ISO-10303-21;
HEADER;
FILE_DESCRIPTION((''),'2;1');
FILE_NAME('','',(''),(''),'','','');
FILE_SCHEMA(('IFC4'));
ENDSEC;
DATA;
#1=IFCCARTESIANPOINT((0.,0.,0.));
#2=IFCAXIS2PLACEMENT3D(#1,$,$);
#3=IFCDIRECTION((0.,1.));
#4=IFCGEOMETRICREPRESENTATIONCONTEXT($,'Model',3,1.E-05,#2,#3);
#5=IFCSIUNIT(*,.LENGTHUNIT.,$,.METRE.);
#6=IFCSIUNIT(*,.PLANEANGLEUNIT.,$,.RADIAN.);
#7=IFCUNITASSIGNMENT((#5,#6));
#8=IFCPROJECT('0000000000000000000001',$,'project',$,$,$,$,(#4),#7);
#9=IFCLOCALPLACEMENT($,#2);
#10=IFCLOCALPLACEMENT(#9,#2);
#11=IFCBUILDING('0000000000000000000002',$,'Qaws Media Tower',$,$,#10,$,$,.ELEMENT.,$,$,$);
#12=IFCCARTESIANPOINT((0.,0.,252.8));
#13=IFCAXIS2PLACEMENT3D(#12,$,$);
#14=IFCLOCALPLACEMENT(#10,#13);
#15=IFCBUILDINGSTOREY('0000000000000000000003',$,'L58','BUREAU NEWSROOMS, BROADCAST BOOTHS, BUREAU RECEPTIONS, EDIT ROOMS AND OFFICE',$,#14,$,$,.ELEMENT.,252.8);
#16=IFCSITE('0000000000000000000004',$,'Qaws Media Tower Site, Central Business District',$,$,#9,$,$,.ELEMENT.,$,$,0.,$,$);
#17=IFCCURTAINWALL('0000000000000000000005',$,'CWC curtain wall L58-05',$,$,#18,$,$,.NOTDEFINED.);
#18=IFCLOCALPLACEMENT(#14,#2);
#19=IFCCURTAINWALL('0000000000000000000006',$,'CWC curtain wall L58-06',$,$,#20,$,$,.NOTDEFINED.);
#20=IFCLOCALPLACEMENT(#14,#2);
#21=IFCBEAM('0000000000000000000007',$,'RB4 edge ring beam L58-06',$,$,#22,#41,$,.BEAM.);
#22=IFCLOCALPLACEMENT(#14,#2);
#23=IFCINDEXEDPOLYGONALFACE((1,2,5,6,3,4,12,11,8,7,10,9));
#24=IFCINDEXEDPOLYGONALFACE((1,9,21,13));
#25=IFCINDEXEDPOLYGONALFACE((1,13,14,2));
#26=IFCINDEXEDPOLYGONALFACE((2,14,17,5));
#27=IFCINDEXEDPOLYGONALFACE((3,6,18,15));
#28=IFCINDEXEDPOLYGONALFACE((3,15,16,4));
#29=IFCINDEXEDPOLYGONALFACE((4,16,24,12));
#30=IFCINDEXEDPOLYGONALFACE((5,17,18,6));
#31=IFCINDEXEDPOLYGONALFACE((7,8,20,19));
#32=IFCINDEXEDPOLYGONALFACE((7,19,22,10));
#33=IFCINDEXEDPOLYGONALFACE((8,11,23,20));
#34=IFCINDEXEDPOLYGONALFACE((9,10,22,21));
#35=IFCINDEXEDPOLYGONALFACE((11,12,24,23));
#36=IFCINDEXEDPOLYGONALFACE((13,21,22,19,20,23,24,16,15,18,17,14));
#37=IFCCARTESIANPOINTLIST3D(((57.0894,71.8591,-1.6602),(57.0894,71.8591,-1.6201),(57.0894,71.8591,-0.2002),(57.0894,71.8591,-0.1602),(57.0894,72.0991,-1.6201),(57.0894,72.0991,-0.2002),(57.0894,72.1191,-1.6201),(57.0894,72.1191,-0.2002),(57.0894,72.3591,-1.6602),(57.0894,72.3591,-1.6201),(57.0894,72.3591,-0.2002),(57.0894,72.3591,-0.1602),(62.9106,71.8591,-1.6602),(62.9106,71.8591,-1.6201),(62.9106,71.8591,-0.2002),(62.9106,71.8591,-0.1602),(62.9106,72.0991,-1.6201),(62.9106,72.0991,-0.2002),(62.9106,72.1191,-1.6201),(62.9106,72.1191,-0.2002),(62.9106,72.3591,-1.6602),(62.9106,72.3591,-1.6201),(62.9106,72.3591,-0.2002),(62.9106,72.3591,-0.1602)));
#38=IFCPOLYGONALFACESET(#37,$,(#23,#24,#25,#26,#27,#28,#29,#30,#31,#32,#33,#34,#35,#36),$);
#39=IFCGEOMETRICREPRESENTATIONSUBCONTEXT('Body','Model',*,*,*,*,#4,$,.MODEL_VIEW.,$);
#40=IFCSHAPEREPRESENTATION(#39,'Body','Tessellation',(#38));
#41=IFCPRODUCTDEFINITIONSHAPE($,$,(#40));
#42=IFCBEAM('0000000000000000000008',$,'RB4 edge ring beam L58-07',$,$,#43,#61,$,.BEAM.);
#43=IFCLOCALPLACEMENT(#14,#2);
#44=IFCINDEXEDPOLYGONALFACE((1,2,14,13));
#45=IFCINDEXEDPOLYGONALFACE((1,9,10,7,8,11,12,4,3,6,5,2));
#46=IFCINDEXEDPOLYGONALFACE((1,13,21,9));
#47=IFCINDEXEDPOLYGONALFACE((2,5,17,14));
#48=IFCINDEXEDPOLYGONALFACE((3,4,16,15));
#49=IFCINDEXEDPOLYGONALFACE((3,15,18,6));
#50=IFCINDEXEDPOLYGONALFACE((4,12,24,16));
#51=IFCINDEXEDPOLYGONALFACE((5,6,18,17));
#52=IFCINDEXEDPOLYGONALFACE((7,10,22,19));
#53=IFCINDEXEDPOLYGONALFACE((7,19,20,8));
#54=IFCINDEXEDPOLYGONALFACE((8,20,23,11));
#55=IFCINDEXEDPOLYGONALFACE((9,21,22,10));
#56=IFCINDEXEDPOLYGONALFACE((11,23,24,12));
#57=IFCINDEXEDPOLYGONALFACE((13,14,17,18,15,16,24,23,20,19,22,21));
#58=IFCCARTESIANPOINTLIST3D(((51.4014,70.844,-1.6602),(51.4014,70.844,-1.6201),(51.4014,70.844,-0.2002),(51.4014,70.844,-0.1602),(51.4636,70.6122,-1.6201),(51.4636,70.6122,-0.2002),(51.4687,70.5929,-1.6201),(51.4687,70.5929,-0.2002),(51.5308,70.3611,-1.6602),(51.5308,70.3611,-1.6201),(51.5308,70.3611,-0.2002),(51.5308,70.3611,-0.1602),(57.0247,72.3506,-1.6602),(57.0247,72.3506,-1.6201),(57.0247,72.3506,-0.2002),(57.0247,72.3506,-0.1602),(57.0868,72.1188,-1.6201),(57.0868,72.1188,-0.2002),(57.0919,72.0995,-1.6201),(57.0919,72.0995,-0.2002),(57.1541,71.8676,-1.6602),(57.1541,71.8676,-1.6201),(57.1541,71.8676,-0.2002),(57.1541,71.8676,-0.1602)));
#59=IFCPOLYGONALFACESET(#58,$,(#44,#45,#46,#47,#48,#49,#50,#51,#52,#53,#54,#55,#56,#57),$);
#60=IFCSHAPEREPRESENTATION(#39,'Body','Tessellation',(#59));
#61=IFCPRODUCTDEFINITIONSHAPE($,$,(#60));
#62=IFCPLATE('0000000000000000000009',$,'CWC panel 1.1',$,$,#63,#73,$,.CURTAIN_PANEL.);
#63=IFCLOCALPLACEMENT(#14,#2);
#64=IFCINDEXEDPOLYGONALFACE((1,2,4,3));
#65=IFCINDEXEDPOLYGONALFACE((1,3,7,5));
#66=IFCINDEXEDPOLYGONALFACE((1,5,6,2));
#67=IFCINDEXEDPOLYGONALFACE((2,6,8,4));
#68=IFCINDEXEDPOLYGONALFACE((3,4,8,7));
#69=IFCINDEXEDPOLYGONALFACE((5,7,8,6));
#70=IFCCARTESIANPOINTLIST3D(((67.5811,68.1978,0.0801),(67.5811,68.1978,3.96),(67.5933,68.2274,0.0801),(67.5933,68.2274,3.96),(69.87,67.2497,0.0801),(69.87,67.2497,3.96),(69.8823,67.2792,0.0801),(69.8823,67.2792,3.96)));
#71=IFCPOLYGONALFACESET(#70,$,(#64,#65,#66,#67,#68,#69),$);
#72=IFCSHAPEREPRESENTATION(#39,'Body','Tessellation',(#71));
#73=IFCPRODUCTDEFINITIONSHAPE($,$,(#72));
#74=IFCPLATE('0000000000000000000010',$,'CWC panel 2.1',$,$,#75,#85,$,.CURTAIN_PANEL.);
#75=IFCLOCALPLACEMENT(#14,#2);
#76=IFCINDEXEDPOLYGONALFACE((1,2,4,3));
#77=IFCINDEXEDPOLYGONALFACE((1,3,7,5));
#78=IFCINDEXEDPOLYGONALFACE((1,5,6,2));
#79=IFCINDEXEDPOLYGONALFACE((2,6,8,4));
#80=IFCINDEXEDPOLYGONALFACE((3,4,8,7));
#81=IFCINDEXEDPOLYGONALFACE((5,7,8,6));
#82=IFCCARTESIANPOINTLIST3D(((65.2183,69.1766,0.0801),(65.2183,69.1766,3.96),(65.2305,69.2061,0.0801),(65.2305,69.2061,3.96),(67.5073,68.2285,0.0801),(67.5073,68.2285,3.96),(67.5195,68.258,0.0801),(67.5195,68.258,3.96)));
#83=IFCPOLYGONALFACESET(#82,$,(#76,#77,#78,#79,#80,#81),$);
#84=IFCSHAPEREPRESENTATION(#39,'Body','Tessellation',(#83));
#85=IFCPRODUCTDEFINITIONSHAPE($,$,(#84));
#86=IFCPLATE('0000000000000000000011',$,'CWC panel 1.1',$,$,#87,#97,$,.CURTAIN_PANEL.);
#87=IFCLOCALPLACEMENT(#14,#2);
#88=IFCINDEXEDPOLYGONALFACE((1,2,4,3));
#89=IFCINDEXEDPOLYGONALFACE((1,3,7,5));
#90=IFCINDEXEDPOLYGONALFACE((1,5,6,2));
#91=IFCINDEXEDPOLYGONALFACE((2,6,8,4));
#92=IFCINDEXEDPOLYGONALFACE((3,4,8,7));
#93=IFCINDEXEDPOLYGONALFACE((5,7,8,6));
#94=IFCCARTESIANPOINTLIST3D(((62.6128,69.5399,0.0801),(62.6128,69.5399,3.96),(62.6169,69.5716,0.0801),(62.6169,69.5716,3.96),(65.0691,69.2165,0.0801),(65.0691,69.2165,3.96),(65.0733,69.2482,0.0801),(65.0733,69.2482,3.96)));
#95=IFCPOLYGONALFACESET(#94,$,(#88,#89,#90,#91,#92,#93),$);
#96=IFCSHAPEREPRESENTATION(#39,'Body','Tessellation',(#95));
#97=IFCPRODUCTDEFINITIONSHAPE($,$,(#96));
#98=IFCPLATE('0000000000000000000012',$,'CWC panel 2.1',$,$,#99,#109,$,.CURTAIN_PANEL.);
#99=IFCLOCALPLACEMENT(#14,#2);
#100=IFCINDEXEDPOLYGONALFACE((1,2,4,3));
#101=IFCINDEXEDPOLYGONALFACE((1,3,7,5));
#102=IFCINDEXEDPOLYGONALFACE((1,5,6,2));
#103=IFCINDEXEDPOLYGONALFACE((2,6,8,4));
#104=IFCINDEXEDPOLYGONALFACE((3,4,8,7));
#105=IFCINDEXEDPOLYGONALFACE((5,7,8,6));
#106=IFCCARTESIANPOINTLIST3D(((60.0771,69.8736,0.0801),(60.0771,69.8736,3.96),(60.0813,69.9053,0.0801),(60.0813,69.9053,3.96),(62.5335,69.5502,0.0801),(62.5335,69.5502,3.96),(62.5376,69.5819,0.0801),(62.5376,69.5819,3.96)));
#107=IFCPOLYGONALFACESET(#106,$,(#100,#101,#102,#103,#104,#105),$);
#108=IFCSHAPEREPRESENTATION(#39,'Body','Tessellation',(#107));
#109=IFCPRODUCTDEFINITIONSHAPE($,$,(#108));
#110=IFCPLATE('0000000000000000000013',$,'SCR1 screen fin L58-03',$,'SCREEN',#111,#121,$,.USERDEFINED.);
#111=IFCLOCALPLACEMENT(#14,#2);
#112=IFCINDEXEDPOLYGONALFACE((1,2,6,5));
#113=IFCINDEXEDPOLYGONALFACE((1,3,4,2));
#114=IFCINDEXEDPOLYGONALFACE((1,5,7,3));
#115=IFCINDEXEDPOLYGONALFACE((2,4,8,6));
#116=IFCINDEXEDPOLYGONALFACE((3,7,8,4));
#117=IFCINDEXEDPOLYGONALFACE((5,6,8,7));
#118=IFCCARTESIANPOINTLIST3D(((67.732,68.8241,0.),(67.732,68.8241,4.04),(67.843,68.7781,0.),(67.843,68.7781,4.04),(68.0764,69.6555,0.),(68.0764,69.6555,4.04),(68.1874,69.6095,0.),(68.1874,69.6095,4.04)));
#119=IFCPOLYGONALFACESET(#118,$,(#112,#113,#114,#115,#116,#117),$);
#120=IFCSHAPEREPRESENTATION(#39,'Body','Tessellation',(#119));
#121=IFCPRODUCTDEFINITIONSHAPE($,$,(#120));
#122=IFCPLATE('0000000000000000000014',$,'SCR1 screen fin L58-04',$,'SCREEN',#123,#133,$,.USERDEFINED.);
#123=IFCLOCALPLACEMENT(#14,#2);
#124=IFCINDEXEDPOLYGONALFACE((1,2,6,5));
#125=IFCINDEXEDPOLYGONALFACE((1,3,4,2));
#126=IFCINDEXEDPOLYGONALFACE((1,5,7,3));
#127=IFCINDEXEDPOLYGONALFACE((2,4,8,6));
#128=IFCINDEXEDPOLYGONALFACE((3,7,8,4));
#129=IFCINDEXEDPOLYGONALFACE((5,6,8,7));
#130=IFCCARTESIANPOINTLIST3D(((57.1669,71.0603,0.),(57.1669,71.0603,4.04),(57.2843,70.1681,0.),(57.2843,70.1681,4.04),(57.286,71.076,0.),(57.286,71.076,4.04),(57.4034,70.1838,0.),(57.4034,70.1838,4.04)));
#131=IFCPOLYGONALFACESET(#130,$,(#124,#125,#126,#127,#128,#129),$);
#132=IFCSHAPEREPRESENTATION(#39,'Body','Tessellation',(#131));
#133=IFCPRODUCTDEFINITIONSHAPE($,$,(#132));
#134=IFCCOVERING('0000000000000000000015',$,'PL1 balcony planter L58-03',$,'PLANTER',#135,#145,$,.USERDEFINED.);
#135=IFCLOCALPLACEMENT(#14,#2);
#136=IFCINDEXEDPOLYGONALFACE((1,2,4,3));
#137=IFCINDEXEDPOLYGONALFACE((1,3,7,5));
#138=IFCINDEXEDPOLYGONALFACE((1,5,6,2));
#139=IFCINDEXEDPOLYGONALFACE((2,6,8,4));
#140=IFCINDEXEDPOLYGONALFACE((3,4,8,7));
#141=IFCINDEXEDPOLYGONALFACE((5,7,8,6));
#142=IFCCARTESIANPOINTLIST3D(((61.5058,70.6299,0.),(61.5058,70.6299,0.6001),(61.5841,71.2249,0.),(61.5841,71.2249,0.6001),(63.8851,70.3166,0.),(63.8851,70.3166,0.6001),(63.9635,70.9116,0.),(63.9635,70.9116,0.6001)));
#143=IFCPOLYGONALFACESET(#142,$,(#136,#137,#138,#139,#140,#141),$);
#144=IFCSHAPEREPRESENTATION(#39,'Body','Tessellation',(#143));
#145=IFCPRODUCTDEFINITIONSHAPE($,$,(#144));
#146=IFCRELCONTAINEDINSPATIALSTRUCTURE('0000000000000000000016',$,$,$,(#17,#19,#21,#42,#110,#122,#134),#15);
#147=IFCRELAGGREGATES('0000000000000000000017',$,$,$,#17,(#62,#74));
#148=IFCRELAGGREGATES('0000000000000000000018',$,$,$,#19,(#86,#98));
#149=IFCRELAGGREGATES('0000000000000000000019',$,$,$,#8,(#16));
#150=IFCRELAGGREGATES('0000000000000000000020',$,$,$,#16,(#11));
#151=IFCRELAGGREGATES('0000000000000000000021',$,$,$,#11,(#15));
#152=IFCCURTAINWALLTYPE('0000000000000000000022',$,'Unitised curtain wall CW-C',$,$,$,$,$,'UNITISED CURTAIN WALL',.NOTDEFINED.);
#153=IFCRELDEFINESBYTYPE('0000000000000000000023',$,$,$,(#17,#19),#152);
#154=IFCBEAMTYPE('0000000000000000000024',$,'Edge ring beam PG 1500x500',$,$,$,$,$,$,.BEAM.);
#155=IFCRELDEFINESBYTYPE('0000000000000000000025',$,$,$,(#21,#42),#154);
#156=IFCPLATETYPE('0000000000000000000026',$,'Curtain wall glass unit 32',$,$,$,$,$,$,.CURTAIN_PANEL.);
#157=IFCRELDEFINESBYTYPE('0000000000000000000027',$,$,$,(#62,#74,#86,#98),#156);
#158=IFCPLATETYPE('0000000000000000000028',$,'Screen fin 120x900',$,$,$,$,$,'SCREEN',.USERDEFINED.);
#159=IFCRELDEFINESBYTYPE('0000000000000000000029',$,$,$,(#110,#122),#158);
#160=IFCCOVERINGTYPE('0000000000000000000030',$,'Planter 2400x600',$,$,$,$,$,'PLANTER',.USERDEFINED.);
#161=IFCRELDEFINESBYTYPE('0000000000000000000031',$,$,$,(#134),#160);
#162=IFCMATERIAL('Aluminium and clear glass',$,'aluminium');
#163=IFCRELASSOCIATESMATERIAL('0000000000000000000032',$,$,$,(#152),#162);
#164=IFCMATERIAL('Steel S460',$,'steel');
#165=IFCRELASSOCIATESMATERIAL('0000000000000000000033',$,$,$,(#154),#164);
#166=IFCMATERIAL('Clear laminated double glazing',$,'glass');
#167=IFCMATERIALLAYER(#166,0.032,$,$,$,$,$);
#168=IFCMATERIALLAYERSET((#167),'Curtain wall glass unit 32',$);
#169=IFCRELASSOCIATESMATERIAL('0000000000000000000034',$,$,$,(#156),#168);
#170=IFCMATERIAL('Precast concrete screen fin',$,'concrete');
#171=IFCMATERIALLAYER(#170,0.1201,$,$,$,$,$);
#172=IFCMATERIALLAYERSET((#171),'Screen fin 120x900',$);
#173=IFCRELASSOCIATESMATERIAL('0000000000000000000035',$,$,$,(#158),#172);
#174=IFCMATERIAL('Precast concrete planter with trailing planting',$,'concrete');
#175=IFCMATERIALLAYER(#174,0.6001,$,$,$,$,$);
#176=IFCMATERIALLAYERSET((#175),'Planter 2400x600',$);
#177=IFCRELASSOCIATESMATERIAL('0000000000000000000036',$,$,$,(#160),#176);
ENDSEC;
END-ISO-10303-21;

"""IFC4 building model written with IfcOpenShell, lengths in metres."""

from ifc_helpers import new_model, si_unit, direction, frame, origin, origin_2d, place, context, subcontext, project, spatial, rectangle, i_section, extrude, material, layer, layer_set, material_profile, profile_set, type_object, element, aggregate, save


model = new_model("IFC4")

# Units and contexts
model_context = context("Model", 3, precision=1e-05, world=origin(), true_north=direction((0.0, 1.0)))
body_context = subcontext(model_context, "Body", "Model", "MODEL_VIEW")
ifc_project = project(units=[si_unit("LENGTHUNIT", "METRE"), si_unit("PLANEANGLEUNIT", "RADIAN")], contexts=[model_context])

# Site, building, storey
site_placement = place(None, origin())
site = spatial("IfcSite", under=ifc_project, at=site_placement, Name="Qaws Media Tower Site, Central Business District", CompositionType="ELEMENT", RefElevation=0.0)
building_placement = place(site_placement, origin())
building = spatial("IfcBuilding", under=site, at=building_placement, Name="Qaws Media Tower", CompositionType="ELEMENT")
storey_placement = place(building_placement, frame((0.0, 0.0, 252.8)))
storey = spatial("IfcBuildingStorey", under=building, at=storey_placement, Name="L58", Description="BUREAU NEWSROOMS, BROADCAST BOOTHS, BUREAU RECEPTIONS, EDIT ROOMS AND OFFICE", CompositionType="ELEMENT", Elevation=252.8)

# Curtain walls
ifc_material_1 = material(Name="Aluminium and clear glass", Category="aluminium")
curtain_wall_type = type_object("IfcCurtainWallType", Name="Unitised curtain wall CW-C", ElementType="UNITISED CURTAIN WALL", PredefinedType="NOTDEFINED", material=ifc_material_1)
curtain_wall_1_placement = place(storey_placement, origin())
curtain_wall_1 = element("IfcCurtainWall", 1, at=curtain_wall_1_placement, inside=storey, type_object=curtain_wall_type, Name="CWC curtain wall L58-05", PredefinedType="NOTDEFINED")
curtain_wall_2_placement = place(storey_placement, origin())
curtain_wall_2 = element("IfcCurtainWall", 2, at=curtain_wall_2_placement, inside=storey, type_object=curtain_wall_type, Name="CWC curtain wall L58-06", PredefinedType="NOTDEFINED")

# Beams
ifc_material_2 = material(Name="Steel S460", Category="steel")
ifc_material_profile_1 = material_profile(ifc_material_2, i_section(OverallWidth=0.5, OverallDepth=1.5, WebThickness=0.02, FlangeThickness=0.04, at=origin_2d()), Name="PG 1500x500")
ifc_profile_set_1 = profile_set([ifc_material_profile_1], Name="Steel S460")
beam_type = type_object("IfcBeamType", Name="Edge ring beam PG 1500x500", PredefinedType="BEAM", material=ifc_profile_set_1)
beam_1_placement = place(storey_placement, frame((62.9106, 72.1091, -0.9102), z_axis=(-1.0, 0.0, 0.0), x_axis=(0.0, -1.0, 0.0)))
element("IfcBeam", 3, at=beam_1_placement, inside=storey, type_object=beam_type, Name="RB4 edge ring beam L58-06", PredefinedType="BEAM", context=body_context, shape_type="SweptSolid", body=[
    extrude(i_section(OverallWidth=0.5, OverallDepth=1.5, WebThickness=0.02, FlangeThickness=0.04, at=origin_2d()), origin(), (0.0, 0.0, 1.0), 5.8213),
])
beam_2_placement = place(storey_placement, frame((57.0894, 72.1091, -0.9102), z_axis=(-0.965933, -0.258793, 0.0), x_axis=(0.258793, -0.965933, 0.0)))
element("IfcBeam", 4, at=beam_2_placement, inside=storey, type_object=beam_type, Name="RB4 edge ring beam L58-07", PredefinedType="BEAM", context=body_context, shape_type="SweptSolid", body=[
    extrude(i_section(OverallWidth=0.5, OverallDepth=1.5, WebThickness=0.02, FlangeThickness=0.04, at=origin_2d()), origin(), (0.0, 0.0, 1.0), 5.8215),
])

# Plates
ifc_material_3 = material(Name="Clear laminated double glazing", Category="glass")
ifc_layer_1 = layer(ifc_material_3, 0.032)
ifc_layer_set_1 = layer_set([ifc_layer_1], Name="Curtain wall glass unit 32")
plate_type_1 = type_object("IfcPlateType", Name="Curtain wall glass unit 32", PredefinedType="CURTAIN_PANEL", material=ifc_layer_set_1)
plate_1_placement = place(storey_placement, frame((68.7317, 67.7385, 0.0801), z_axis=(0.0, 0.0, 1.0), x_axis=(-0.92388, 0.382683, 0.0)))
plate_1 = element("IfcPlate", 5, at=plate_1_placement, type_object=plate_type_1, Name="CWC panel 1.1", PredefinedType="CURTAIN_PANEL", context=body_context, shape_type="SweptSolid", body=[
    extrude(rectangle(XDim=2.4775, YDim=0.032, at=origin_2d()), origin(), (0.0, 0.0, 1.0), 3.8799),
])
plate_2_placement = place(storey_placement, frame((66.3689, 68.7173, 0.0801), z_axis=(0.0, 0.0, 1.0), x_axis=(-0.92388, 0.382683, 0.0)))
plate_2 = element("IfcPlate", 6, at=plate_2_placement, type_object=plate_type_1, Name="CWC panel 2.1", PredefinedType="CURTAIN_PANEL", context=body_context, shape_type="SweptSolid", body=[
    extrude(rectangle(XDim=2.4775, YDim=0.032, at=origin_2d()), origin(), (0.0, 0.0, 1.0), 3.8799),
])
aggregate(curtain_wall_1, [plate_1, plate_2])
plate_3_placement = place(storey_placement, frame((63.843, 69.394, 0.0801), z_axis=(0.0, 0.0, 1.0), x_axis=(-0.991445, 0.130526, 0.0)))
plate_3 = element("IfcPlate", 7, at=plate_3_placement, type_object=plate_type_1, Name="CWC panel 1.1", PredefinedType="CURTAIN_PANEL", context=body_context, shape_type="SweptSolid", body=[
    extrude(rectangle(XDim=2.4775, YDim=0.032, at=origin_2d()), origin(), (0.0, 0.0, 1.0), 3.8799),
])
plate_4_placement = place(storey_placement, frame((61.3074, 69.7278, 0.0801), z_axis=(0.0, 0.0, 1.0), x_axis=(-0.991445, 0.130526, 0.0)))
plate_4 = element("IfcPlate", 8, at=plate_4_placement, type_object=plate_type_1, Name="CWC panel 2.1", PredefinedType="CURTAIN_PANEL", context=body_context, shape_type="SweptSolid", body=[
    extrude(rectangle(XDim=2.4775, YDim=0.032, at=origin_2d()), origin(), (0.0, 0.0, 1.0), 3.8799),
])
aggregate(curtain_wall_2, [plate_3, plate_4])

# Plates
ifc_material_4 = material(Name="Precast concrete screen fin", Category="concrete")
ifc_layer_2 = layer(ifc_material_4, 0.1201)
ifc_layer_set_2 = layer_set([ifc_layer_2], Name="Screen fin 120x900")
plate_type_2 = type_object("IfcPlateType", Name="Screen fin 120x900", ElementType="SCREEN", PredefinedType="USERDEFINED", material=ifc_layer_set_2)
for number, where, z_axis, x_axis, name in (
    (9, (67.9597, 69.2168, 0.0), (0.0, 0.0, 1.0), (0.382683, 0.92388, 0.0), "SCR1 screen fin L58-03"),
    (10, (57.2852, 70.6221, 0.0), (0.0, 0.0, 1.0), (-0.130526, 0.991445, 0.0), "SCR1 screen fin L58-04"),
):
    element("IfcPlate", number, at=place(storey_placement, frame(where, z_axis=z_axis, x_axis=x_axis)), inside=storey, type_object=plate_type_2, Name=name, ObjectType="SCREEN", PredefinedType="USERDEFINED", context=body_context, shape_type="SweptSolid", body=[
        extrude(rectangle(XDim=0.8999, YDim=0.1201, at=origin_2d()), origin(), (0.0, 0.0, 1.0), 4.04),
    ])

# Covering
ifc_material_5 = material(Name="Precast concrete planter with trailing planting", Category="concrete")
ifc_layer_3 = layer(ifc_material_5, 0.6001)
ifc_layer_set_3 = layer_set([ifc_layer_3], Name="Planter 2400x600")
covering_type = type_object("IfcCoveringType", Name="Planter 2400x600", ElementType="PLANTER", PredefinedType="USERDEFINED", material=ifc_layer_set_3)
covering_placement = place(storey_placement, frame((62.7346, 70.7708, 0.0), z_axis=(0.0, 0.0, 1.0), x_axis=(-0.991445, 0.130526, 0.0)))
element("IfcCovering", 11, at=covering_placement, inside=storey, type_object=covering_type, Name="PL1 balcony planter L58-03", ObjectType="PLANTER", PredefinedType="USERDEFINED", context=body_context, shape_type="SweptSolid", body=[
    extrude(rectangle(XDim=2.3999, YDim=0.6001, at=origin_2d()), origin(), (0.0, 0.0, 1.0), 0.6001),
])

save(model, "model.ifc")
